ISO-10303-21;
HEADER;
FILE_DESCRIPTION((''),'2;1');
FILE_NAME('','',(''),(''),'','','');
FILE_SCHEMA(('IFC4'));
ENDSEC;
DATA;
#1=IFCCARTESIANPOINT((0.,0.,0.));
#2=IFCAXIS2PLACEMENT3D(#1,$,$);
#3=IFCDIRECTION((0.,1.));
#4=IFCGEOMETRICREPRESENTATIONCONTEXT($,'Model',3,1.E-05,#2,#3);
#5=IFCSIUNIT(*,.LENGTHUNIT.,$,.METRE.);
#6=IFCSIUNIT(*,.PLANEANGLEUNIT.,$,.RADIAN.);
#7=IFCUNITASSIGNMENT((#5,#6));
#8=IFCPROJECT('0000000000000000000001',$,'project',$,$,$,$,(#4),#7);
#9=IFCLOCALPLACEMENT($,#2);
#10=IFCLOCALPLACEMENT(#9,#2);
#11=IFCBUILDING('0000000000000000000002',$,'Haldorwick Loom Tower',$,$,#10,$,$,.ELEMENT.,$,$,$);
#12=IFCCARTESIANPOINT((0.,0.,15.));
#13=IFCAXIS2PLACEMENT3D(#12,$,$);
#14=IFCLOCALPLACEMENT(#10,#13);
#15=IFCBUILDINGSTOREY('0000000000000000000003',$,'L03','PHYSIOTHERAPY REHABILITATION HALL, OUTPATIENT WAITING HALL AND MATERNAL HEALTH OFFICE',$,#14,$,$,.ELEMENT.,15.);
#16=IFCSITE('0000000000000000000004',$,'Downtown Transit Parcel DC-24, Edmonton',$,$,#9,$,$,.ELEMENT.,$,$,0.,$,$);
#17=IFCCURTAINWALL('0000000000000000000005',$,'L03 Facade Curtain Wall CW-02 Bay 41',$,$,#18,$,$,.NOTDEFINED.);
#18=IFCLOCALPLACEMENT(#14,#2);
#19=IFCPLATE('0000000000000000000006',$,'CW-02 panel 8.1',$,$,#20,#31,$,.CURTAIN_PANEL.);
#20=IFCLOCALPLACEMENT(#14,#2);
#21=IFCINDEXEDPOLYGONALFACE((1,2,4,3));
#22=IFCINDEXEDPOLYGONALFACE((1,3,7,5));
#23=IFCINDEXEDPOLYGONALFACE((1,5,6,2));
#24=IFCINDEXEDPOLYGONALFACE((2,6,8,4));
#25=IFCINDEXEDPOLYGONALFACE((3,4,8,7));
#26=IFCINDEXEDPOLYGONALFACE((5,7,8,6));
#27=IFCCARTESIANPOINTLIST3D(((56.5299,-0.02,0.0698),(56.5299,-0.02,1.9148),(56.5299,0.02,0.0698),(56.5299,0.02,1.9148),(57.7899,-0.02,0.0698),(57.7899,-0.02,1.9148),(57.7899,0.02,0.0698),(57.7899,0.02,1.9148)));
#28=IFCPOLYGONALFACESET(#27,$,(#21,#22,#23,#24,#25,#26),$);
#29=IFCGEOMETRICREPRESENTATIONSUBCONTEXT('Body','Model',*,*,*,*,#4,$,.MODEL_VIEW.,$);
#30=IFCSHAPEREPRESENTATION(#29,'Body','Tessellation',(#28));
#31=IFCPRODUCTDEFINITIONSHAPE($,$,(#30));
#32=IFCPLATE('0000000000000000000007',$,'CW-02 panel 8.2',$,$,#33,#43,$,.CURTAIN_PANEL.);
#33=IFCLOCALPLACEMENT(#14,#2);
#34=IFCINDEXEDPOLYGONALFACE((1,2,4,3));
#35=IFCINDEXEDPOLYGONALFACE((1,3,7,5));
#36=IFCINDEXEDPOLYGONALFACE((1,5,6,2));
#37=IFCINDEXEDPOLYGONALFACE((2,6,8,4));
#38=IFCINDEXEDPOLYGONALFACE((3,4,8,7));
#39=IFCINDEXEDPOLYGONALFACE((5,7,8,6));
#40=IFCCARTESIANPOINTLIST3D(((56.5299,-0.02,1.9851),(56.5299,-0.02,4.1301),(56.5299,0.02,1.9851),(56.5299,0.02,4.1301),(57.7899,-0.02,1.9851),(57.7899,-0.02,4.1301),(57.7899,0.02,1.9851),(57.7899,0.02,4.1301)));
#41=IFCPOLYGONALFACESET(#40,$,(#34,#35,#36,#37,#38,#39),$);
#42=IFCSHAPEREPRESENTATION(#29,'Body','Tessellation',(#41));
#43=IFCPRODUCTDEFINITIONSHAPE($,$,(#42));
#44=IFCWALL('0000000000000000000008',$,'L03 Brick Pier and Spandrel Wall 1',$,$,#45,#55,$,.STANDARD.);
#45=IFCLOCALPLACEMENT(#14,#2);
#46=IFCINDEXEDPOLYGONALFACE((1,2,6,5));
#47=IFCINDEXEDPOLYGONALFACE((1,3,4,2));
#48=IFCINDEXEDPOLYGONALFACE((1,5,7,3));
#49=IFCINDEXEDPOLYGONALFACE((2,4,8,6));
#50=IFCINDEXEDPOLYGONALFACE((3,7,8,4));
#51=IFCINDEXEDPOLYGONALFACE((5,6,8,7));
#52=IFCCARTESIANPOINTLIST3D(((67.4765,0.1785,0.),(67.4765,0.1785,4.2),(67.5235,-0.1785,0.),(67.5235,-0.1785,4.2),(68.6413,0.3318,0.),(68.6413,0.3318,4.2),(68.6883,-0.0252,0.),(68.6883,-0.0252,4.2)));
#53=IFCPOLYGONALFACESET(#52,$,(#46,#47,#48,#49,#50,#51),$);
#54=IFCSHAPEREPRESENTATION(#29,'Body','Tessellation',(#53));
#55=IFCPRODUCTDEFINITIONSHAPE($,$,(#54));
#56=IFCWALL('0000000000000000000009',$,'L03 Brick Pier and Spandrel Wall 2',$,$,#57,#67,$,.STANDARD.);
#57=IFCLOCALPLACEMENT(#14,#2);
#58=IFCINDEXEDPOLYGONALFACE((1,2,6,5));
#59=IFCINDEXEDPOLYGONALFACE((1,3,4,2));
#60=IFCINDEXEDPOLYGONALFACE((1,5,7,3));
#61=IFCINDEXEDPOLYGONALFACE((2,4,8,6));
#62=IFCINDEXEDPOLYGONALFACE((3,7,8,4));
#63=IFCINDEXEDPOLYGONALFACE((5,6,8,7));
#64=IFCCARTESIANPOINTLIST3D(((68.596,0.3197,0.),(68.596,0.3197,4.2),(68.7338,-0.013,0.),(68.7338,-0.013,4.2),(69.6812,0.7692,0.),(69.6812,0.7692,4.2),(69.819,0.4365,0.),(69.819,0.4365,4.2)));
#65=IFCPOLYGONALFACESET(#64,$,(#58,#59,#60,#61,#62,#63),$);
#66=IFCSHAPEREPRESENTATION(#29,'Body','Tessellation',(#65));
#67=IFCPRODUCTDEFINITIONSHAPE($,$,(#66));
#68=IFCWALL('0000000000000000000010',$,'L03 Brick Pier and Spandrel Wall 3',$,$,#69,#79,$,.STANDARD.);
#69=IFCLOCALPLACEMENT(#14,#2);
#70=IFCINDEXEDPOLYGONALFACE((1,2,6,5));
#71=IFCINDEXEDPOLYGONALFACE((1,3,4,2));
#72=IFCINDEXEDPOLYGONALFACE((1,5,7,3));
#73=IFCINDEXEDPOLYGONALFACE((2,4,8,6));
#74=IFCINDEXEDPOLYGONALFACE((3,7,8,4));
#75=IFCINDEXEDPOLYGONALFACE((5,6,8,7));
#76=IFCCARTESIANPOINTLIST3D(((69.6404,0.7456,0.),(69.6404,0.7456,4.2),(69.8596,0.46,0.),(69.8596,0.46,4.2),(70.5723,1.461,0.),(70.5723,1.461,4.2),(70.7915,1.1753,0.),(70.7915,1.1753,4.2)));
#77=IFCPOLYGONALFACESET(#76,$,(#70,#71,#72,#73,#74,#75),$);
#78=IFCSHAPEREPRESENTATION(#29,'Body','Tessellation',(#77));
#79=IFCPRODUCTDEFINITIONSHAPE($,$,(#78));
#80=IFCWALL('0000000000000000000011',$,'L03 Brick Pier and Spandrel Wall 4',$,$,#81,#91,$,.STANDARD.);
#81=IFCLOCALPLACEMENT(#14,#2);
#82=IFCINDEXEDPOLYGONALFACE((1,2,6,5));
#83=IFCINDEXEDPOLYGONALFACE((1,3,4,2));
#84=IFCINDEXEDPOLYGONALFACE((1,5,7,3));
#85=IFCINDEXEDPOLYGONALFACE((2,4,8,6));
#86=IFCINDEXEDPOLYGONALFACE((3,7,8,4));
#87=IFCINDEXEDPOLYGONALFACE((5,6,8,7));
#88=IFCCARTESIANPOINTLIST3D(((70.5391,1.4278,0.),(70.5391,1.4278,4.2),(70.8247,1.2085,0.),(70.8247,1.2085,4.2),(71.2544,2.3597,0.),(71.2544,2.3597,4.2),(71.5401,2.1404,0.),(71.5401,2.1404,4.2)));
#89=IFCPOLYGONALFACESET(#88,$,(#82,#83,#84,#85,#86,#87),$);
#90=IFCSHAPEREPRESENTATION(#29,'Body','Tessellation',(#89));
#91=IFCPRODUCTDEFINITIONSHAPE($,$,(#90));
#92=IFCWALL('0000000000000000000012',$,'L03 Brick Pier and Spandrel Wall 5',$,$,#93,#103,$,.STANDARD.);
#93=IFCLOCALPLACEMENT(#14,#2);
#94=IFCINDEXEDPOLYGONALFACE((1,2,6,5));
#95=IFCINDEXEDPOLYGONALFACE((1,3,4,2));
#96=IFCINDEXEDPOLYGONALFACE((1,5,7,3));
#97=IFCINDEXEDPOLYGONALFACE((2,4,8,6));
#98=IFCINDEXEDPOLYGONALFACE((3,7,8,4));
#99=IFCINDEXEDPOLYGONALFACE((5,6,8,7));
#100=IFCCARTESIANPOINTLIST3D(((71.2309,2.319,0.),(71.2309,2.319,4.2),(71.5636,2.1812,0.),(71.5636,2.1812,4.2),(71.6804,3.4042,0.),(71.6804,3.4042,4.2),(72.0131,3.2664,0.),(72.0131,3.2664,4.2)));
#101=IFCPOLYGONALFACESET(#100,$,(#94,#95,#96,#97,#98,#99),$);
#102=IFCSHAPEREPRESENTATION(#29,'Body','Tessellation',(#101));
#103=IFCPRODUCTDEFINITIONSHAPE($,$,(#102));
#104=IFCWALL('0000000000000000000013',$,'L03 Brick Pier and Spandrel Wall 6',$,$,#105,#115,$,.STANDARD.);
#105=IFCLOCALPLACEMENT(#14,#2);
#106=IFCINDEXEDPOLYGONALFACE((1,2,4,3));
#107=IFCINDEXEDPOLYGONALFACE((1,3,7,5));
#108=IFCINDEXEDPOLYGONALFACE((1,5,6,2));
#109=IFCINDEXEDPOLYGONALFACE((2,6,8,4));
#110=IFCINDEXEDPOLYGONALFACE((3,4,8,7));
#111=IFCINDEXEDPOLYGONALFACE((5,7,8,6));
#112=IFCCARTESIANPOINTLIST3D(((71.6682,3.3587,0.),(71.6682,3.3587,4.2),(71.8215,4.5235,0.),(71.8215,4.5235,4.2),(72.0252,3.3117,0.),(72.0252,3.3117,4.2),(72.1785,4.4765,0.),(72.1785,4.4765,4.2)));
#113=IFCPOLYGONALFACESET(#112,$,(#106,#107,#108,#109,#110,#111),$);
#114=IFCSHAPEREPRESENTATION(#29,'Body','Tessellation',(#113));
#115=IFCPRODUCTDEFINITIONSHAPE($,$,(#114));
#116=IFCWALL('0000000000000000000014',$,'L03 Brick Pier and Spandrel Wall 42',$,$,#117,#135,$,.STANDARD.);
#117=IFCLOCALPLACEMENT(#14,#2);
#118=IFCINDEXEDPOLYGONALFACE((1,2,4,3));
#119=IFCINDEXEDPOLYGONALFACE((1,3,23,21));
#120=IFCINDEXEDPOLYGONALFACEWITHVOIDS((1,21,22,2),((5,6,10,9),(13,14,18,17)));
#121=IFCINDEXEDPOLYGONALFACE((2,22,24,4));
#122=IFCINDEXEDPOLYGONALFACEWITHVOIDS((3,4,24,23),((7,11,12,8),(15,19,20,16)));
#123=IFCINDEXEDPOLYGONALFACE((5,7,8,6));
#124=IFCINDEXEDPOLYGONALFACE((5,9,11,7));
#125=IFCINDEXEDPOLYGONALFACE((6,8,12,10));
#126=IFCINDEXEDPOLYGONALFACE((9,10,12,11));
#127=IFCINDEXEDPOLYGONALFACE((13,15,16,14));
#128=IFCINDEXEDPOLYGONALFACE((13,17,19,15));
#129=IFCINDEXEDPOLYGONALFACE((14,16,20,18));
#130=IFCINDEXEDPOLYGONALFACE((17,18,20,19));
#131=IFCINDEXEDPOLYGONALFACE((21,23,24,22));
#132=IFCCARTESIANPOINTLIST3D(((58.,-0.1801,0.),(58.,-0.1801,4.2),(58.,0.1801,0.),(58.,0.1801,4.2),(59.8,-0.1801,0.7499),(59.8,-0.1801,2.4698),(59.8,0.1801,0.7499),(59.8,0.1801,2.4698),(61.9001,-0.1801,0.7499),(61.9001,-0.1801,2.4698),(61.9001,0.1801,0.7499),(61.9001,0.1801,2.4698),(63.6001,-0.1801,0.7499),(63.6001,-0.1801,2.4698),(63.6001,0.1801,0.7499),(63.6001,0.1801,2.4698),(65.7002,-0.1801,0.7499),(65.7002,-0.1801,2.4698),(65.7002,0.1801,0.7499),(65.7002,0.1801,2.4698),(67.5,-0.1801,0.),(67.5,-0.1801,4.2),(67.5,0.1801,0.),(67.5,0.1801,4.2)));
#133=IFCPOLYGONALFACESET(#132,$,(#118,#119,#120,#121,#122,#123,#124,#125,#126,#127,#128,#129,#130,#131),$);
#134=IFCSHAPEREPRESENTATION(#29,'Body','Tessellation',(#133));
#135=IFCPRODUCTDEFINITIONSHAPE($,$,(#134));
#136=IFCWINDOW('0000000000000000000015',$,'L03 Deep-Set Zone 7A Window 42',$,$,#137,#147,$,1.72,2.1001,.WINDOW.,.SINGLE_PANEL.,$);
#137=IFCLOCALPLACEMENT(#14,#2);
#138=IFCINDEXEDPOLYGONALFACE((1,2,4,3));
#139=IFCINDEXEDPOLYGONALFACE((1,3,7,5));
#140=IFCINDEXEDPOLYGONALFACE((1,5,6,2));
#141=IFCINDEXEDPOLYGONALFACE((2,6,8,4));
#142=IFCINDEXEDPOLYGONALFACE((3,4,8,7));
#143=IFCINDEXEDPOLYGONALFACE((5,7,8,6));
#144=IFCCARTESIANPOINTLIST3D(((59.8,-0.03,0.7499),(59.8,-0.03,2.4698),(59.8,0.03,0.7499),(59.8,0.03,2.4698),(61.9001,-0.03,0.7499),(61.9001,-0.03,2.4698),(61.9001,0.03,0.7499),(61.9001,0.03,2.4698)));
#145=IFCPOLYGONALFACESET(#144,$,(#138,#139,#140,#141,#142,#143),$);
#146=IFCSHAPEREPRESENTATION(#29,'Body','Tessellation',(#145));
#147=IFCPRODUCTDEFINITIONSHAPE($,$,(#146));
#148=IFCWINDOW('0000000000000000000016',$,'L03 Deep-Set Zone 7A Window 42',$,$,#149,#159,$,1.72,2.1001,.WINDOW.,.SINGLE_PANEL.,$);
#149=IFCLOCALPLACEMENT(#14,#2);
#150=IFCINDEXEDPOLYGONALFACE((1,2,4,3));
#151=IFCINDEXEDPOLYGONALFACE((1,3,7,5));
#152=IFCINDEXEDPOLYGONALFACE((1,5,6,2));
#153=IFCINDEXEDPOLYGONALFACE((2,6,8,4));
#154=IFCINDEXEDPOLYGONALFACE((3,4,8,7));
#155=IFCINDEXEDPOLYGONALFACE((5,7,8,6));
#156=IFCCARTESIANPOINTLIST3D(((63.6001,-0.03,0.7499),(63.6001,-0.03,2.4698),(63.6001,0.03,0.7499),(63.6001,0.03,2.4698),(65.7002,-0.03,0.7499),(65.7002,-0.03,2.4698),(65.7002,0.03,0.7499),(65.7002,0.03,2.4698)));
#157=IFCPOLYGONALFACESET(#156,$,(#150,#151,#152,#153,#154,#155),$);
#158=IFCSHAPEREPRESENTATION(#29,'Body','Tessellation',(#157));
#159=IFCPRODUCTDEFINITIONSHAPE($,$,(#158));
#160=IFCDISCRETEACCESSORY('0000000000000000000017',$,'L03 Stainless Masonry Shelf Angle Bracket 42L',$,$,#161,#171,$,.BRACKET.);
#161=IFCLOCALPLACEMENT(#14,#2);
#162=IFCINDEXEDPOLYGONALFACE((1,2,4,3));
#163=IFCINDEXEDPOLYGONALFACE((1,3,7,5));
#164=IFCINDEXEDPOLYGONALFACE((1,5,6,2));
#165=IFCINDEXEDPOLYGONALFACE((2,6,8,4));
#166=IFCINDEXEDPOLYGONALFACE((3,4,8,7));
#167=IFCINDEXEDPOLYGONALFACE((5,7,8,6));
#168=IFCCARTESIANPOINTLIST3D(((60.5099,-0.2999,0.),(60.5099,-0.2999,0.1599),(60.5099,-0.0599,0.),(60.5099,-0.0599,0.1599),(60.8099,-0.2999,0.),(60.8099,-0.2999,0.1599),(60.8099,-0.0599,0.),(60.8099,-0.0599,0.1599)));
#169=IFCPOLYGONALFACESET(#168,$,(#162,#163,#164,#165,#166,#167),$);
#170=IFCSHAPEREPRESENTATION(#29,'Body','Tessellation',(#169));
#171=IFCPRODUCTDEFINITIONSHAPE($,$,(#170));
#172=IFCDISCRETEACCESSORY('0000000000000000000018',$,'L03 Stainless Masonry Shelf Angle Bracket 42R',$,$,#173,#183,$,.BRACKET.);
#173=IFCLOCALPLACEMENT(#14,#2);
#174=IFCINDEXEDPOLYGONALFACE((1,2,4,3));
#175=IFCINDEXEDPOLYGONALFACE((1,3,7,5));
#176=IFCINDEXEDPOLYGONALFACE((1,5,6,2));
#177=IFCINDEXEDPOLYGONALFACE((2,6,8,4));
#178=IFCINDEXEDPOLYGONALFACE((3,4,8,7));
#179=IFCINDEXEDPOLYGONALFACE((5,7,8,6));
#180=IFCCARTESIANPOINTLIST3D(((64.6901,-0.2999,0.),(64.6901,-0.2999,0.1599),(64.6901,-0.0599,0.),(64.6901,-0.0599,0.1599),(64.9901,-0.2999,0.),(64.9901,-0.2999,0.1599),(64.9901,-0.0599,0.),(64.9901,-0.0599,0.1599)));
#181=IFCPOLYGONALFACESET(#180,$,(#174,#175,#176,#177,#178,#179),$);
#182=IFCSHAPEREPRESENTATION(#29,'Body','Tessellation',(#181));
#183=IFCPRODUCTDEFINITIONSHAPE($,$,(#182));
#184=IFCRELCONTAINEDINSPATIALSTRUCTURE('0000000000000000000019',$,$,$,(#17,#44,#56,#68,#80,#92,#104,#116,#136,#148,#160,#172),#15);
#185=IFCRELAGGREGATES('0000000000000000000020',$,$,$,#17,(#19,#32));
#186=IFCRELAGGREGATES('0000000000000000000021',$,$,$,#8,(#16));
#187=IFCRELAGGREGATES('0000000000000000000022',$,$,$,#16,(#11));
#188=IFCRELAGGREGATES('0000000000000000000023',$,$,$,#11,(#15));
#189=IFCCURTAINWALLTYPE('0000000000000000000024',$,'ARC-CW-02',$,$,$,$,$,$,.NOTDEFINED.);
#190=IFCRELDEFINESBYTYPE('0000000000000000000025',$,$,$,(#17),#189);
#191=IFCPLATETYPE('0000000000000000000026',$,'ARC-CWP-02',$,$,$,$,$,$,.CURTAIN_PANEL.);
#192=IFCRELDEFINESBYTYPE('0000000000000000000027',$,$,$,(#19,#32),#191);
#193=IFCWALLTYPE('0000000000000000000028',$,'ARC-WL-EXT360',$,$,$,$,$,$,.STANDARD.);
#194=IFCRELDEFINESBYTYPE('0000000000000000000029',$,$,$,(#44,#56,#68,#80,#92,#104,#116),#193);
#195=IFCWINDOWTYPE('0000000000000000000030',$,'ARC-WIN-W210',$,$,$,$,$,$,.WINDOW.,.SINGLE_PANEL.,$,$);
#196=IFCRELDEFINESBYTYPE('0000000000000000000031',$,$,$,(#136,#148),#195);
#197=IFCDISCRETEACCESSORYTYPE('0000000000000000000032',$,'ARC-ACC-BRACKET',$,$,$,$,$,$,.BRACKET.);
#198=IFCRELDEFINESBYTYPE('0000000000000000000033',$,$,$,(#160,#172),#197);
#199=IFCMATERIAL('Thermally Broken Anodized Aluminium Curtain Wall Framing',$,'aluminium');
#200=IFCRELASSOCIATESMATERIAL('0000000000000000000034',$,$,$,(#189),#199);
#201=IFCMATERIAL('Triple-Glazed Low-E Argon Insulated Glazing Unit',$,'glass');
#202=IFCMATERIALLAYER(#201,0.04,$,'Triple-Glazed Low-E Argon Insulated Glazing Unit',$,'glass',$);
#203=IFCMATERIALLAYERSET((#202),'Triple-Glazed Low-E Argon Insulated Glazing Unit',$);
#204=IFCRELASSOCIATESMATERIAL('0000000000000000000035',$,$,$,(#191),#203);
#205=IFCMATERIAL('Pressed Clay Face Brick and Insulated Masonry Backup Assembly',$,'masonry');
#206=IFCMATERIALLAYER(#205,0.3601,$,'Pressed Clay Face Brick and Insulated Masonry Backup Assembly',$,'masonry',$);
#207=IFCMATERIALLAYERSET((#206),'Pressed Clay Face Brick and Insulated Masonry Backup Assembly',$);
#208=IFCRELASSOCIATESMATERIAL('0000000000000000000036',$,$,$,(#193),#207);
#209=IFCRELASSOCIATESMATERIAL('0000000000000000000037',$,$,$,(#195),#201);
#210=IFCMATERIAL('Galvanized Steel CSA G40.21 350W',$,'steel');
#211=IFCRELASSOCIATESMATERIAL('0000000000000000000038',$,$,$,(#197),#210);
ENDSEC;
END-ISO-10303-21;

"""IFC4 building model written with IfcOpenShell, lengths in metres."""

from ifc_helpers import new_model, si_unit, direction, frame, frame_2d, origin, origin_2d, place, context, subcontext, project, spatial, rectangle, extrude, material, layer, layer_set, type_object, element, fill, aggregate, save


model = new_model("IFC4")

# Units and contexts
model_context = context("Model", 3, precision=1e-05, world=origin(), true_north=direction((0.0, 1.0)))
body_context = subcontext(model_context, "Body", "Model", "MODEL_VIEW")
ifc_project = project(units=[si_unit("LENGTHUNIT", "METRE"), si_unit("PLANEANGLEUNIT", "RADIAN")], contexts=[model_context])

# Site, building, storey
site_placement = place(None, origin())
site = spatial("IfcSite", under=ifc_project, at=site_placement, Name="Downtown Transit Parcel DC-24, Edmonton", CompositionType="ELEMENT", RefElevation=0.0)
building_placement = place(site_placement, origin())
building = spatial("IfcBuilding", under=site, at=building_placement, Name="Haldorwick Loom Tower", CompositionType="ELEMENT")
storey_placement = place(building_placement, frame((0.0, 0.0, 15.0)))
storey = spatial("IfcBuildingStorey", under=building, at=storey_placement, Name="L03", Description="PHYSIOTHERAPY REHABILITATION HALL, OUTPATIENT WAITING HALL AND MATERNAL HEALTH OFFICE", CompositionType="ELEMENT", Elevation=15.0)

# Curtain wall, plates
ifc_material_1 = material(Name="Thermally Broken Anodized Aluminium Curtain Wall Framing", Category="aluminium")
curtain_wall_type = type_object("IfcCurtainWallType", Name="ARC-CW-02", PredefinedType="NOTDEFINED", material=ifc_material_1)
curtain_wall_placement = place(storey_placement, origin())
curtain_wall = element("IfcCurtainWall", 1, at=curtain_wall_placement, inside=storey, type_object=curtain_wall_type, Name="L03 Facade Curtain Wall CW-02 Bay 41", PredefinedType="NOTDEFINED")
ifc_material_2 = material(Name="Triple-Glazed Low-E Argon Insulated Glazing Unit", Category="glass")
ifc_layer_1 = layer(ifc_material_2, 0.04, Name="Triple-Glazed Low-E Argon Insulated Glazing Unit", Category="glass")
ifc_layer_set_1 = layer_set([ifc_layer_1], Name="Triple-Glazed Low-E Argon Insulated Glazing Unit")
plate_type = type_object("IfcPlateType", Name="ARC-CWP-02", PredefinedType="CURTAIN_PANEL", material=ifc_layer_set_1)
plate_1_placement = place(storey_placement, frame((57.1599, 0.0, 0.0698), z_axis=(0.0, 0.0, 1.0), x_axis=(1.0, 0.0, 0.0)))
plate_1 = element("IfcPlate", 2, at=plate_1_placement, type_object=plate_type, Name="CW-02 panel 8.1", PredefinedType="CURTAIN_PANEL", context=body_context, shape_type="SweptSolid", body=[
    extrude(rectangle(XDim=1.26, YDim=0.04, at=origin_2d()), origin(), (0.0, 0.0, 1.0), 1.845),
])
plate_2_placement = place(storey_placement, frame((57.1599, 0.0, 1.9851), z_axis=(0.0, 0.0, 1.0), x_axis=(1.0, 0.0, 0.0)))
plate_2 = element("IfcPlate", 3, at=plate_2_placement, type_object=plate_type, Name="CW-02 panel 8.2", PredefinedType="CURTAIN_PANEL", context=body_context, shape_type="SweptSolid", body=[
    extrude(rectangle(XDim=1.26, YDim=0.04, at=origin_2d()), origin(), (0.0, 0.0, 1.0), 2.145),
])
aggregate(curtain_wall, [plate_1, plate_2])

# Walls
ifc_material_3 = material(Name="Pressed Clay Face Brick and Insulated Masonry Backup Assembly", Category="masonry")
ifc_layer_2 = layer(ifc_material_3, 0.3601, Name="Pressed Clay Face Brick and Insulated Masonry Backup Assembly", Category="masonry")
ifc_layer_set_2 = layer_set([ifc_layer_2], Name="Pressed Clay Face Brick and Insulated Masonry Backup Assembly")
wall_type = type_object("IfcWallType", Name="ARC-WL-EXT360", PredefinedType="STANDARD", material=ifc_layer_set_2)
wall_1_placement = place(storey_placement, frame((67.5, 0.0, 0.0), z_axis=(0.0, 0.0, 1.0), x_axis=(0.991448, 0.130503, 0.0)))
element("IfcWall", 4, at=wall_1_placement, inside=storey, type_object=wall_type, Name="L03 Brick Pier and Spandrel Wall 1", PredefinedType="STANDARD", context=body_context, shape_type="SweptSolid", body=[
    extrude(rectangle(XDim=1.1748, YDim=0.3601, at=frame_2d((0.5874, 0.0))), origin(), (0.0, 0.0, 1.0), 4.2),
])
wall_2_placement = place(storey_placement, frame((68.6648, 0.1533, 0.0), z_axis=(0.0, 0.0, 1.0), x_axis=(0.923893, 0.382652, 0.0)))
element("IfcWall", 5, at=wall_2_placement, inside=storey, type_object=wall_type, Name="L03 Brick Pier and Spandrel Wall 2", PredefinedType="STANDARD", context=body_context, shape_type="SweptSolid", body=[
    extrude(rectangle(XDim=1.1746, YDim=0.3601, at=frame_2d((0.5874, 0.0))), origin(), (0.0, 0.0, 1.0), 4.2),
])
for number, where, z_axis, x_axis, name in (
    (6, (69.75, 0.6028, 0.0), (0.0, 0.0, 1.0), (0.793242, 0.608907, 0.0), "L03 Brick Pier and Spandrel Wall 3"),
    (7, (70.6819, 1.3181, 0.0), (0.0, 0.0, 1.0), (0.608907, 0.793242, 0.0), "L03 Brick Pier and Spandrel Wall 4"),
):
    element("IfcWall", number, at=place(storey_placement, frame(where, z_axis=z_axis, x_axis=x_axis)), inside=storey, type_object=wall_type, Name=name, PredefinedType="STANDARD", context=body_context, shape_type="SweptSolid", body=[
        extrude(rectangle(XDim=1.1748, YDim=0.3601, at=frame_2d((0.5874, 0.0))), origin(), (0.0, 0.0, 1.0), 4.2),
    ])
wall_3_placement = place(storey_placement, frame((71.3972, 2.25, 0.0), z_axis=(0.0, 0.0, 1.0), x_axis=(0.382652, 0.923893, 0.0)))
element("IfcWall", 8, at=wall_3_placement, inside=storey, type_object=wall_type, Name="L03 Brick Pier and Spandrel Wall 5", PredefinedType="STANDARD", context=body_context, shape_type="SweptSolid", body=[
    extrude(rectangle(XDim=1.1746, YDim=0.3601, at=frame_2d((0.5874, 0.0))), origin(), (0.0, 0.0, 1.0), 4.2),
])
wall_4_placement = place(storey_placement, frame((71.8467, 3.3352, 0.0), z_axis=(0.0, 0.0, 1.0), x_axis=(0.130503, 0.991448, 0.0)))
element("IfcWall", 9, at=wall_4_placement, inside=storey, type_object=wall_type, Name="L03 Brick Pier and Spandrel Wall 6", PredefinedType="STANDARD", context=body_context, shape_type="SweptSolid", body=[
    extrude(rectangle(XDim=1.1748, YDim=0.3601, at=frame_2d((0.5874, 0.0))), origin(), (0.0, 0.0, 1.0), 4.2),
])

# Wall, openings, windows
wall_5_placement = place(storey_placement, frame((58.0, 0.0, 0.0), z_axis=(0.0, 0.0, 1.0), x_axis=(1.0, 0.0, 0.0)))
wall_5 = element("IfcWall", 10, at=wall_5_placement, inside=storey, type_object=wall_type, Name="L03 Brick Pier and Spandrel Wall 42", PredefinedType="STANDARD", context=body_context, shape_type="SweptSolid", body=[
    extrude(rectangle(XDim=9.5, YDim=0.3601, at=frame_2d((4.75, 0.0))), origin(), (0.0, 0.0, 1.0), 4.2),
])
opening_1_placement = place(wall_5_placement, frame((1.8, 0.0, 0.75)))
opening_1 = element("IfcOpeningElement", 11, at=opening_1_placement, cuts=wall_5, PredefinedType="OPENING", context=body_context, shape_type="SweptSolid", body=[
    extrude(rectangle(XDim=2.1001, YDim=1.72, at=frame_2d((1.05, 0.8599))), frame((0.0, 0.1899, 0.0), z_axis=(0.0, -1.0, 0.0), x_axis=(1.0, 0.0, 0.0)), (0.0, 0.0, 1.0), 0.3801),
])
opening_2_placement = place(wall_5_placement, frame((5.6001, 0.0, 0.75)))
opening_2 = element("IfcOpeningElement", 12, at=opening_2_placement, cuts=wall_5, PredefinedType="OPENING", context=body_context, shape_type="SweptSolid", body=[
    extrude(rectangle(XDim=2.1001, YDim=1.72, at=frame_2d((1.05, 0.8599))), frame((0.0, 0.1899, 0.0), z_axis=(0.0, -1.0, 0.0), x_axis=(1.0, 0.0, 0.0)), (0.0, 0.0, 1.0), 0.3801),
])
window_type = type_object("IfcWindowType", Name="ARC-WIN-W210", PartitioningType="SINGLE_PANEL", PredefinedType="WINDOW", material=ifc_material_2)
window_1_placement = place(opening_1_placement, origin())
window_1 = element("IfcWindow", 13, at=window_1_placement, inside=storey, type_object=window_type, Name="L03 Deep-Set Zone 7A Window 42", OverallHeight=1.72, OverallWidth=2.1001, PartitioningType="SINGLE_PANEL", PredefinedType="WINDOW", context=body_context, shape_type="SweptSolid", body=[
    extrude(rectangle(XDim=2.1001, YDim=1.72, at=frame_2d((1.05, 0.8599))), frame((0.0, 0.03, 0.0), z_axis=(0.0, -1.0, 0.0), x_axis=(1.0, 0.0, 0.0)), (0.0, 0.0, 1.0), 0.0601),
])
fill(opening_1, window_1)
window_2_placement = place(opening_2_placement, origin())
window_2 = element("IfcWindow", 14, at=window_2_placement, inside=storey, type_object=window_type, Name="L03 Deep-Set Zone 7A Window 42", OverallHeight=1.72, OverallWidth=2.1001, PartitioningType="SINGLE_PANEL", PredefinedType="WINDOW", context=body_context, shape_type="SweptSolid", body=[
    extrude(rectangle(XDim=2.1001, YDim=1.72, at=frame_2d((1.05, 0.8599))), frame((0.0, 0.03, 0.0), z_axis=(0.0, -1.0, 0.0), x_axis=(1.0, 0.0, 0.0)), (0.0, 0.0, 1.0), 0.0601),
])
fill(opening_2, window_2)

# Discrete accessories
ifc_material_4 = material(Name="Galvanized Steel CSA G40.21 350W", Category="steel")
discrete_accessory_type = type_object("IfcDiscreteAccessoryType", Name="ARC-ACC-BRACKET", PredefinedType="BRACKET", material=ifc_material_4)
for number, where, z_axis, x_axis, name in (
    (15, (60.6599, -0.1799, 0.0), (0.0, 0.0, 1.0), (1.0, 0.0, 0.0), "L03 Stainless Masonry Shelf Angle Bracket 42L"),
    (16, (64.8401, -0.1799, 0.0), (0.0, 0.0, 1.0), (1.0, 0.0, 0.0), "L03 Stainless Masonry Shelf Angle Bracket 42R"),
):
    element("IfcDiscreteAccessory", number, at=place(storey_placement, frame(where, z_axis=z_axis, x_axis=x_axis)), inside=storey, type_object=discrete_accessory_type, Name=name, PredefinedType="BRACKET", context=body_context, shape_type="SweptSolid", body=[
        extrude(rectangle(XDim=0.3, YDim=0.24, at=origin_2d()), origin(), (0.0, 0.0, 1.0), 0.1599),
    ])

save(model, "model.ifc")
